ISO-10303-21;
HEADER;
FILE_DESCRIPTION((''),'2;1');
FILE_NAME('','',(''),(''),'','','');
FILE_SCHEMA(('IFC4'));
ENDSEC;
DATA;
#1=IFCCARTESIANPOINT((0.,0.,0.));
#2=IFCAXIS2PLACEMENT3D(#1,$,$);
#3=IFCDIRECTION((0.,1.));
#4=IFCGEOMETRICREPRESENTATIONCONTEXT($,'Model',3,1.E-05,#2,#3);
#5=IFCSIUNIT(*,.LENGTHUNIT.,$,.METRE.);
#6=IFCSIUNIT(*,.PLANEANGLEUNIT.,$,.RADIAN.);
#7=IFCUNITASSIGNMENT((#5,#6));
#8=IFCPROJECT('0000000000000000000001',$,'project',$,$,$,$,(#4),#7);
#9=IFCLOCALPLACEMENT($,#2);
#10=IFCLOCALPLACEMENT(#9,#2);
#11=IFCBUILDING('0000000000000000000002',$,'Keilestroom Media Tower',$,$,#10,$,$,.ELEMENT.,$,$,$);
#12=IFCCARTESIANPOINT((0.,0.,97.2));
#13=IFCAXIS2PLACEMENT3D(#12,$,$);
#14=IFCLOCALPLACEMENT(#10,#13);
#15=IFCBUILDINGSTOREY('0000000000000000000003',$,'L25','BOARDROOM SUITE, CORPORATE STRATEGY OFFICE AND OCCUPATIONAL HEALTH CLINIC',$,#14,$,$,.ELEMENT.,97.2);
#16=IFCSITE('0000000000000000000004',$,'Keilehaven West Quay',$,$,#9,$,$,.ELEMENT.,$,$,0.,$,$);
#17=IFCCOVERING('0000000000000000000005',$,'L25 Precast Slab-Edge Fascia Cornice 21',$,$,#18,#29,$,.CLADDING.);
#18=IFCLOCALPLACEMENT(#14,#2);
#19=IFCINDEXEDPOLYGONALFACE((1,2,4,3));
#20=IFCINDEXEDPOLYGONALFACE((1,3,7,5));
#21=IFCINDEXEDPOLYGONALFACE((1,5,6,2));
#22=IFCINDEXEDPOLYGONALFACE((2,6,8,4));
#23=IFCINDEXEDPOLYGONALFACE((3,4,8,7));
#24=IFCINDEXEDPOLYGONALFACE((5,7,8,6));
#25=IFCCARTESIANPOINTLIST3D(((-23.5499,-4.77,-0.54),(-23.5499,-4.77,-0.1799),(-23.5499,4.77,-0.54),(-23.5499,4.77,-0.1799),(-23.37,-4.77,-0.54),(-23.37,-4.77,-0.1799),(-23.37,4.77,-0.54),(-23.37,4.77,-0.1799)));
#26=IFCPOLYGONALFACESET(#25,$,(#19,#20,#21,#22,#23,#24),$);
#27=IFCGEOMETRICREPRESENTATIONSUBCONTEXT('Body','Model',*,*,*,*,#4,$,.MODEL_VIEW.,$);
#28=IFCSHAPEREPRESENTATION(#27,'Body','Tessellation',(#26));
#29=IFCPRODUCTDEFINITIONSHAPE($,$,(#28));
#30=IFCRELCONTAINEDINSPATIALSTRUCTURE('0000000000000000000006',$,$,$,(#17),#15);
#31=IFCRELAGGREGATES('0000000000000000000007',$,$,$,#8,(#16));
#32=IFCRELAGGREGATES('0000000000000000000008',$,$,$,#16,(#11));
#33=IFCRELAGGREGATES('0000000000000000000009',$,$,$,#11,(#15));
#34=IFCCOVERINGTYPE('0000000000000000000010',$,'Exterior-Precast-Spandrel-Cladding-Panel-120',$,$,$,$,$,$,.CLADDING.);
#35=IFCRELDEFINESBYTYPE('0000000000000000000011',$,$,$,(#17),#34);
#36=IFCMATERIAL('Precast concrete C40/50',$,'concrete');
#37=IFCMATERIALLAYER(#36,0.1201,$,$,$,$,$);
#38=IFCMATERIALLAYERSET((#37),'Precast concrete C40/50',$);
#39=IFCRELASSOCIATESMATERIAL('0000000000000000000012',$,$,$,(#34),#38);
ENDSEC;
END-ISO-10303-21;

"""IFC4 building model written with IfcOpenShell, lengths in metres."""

from ifc_helpers import new_model, si_unit, direction, frame, origin, origin_2d, place, context, subcontext, project, spatial, rectangle, extrude, source, transform, mapped, material, layer, layer_set, type_object, element, save


model = new_model("IFC4")

# Units and contexts
model_context = context("Model", 3, precision=1e-05, world=origin(), true_north=direction((0.0, 1.0)))
body_context = subcontext(model_context, "Body", "Model", "MODEL_VIEW")
ifc_project = project(units=[si_unit("LENGTHUNIT", "METRE"), si_unit("PLANEANGLEUNIT", "RADIAN")], contexts=[model_context])

# Site, building, storey
site_placement = place(None, origin())
site = spatial("IfcSite", under=ifc_project, at=site_placement, Name="Keilehaven West Quay", CompositionType="ELEMENT", RefElevation=0.0)
building_placement = place(site_placement, origin())
building = spatial("IfcBuilding", under=site, at=building_placement, Name="Keilestroom Media Tower", CompositionType="ELEMENT")
storey_placement = place(building_placement, frame((0.0, 0.0, 97.2)))
storey = spatial("IfcBuildingStorey", under=building, at=storey_placement, Name="L25", Description="BOARDROOM SUITE, CORPORATE STRATEGY OFFICE AND OCCUPATIONAL HEALTH CLINIC", CompositionType="ELEMENT", Elevation=97.2)

# Shared definitions
ifc_material_1 = material(Name="Precast concrete C40/50", Category="concrete")

# Covering
ifc_layer_1 = layer(ifc_material_1, 0.1201)
ifc_layer_set_1 = layer_set([ifc_layer_1], Name="Precast concrete C40/50")
covering_type = type_object("IfcCoveringType", Name="Exterior-Precast-Spandrel-Cladding-Panel-120", PredefinedType="CLADDING", material=ifc_layer_set_1)
shared_shape_1 = source(origin(), body_context, "Body", "SweptSolid", [
    extrude(rectangle(XDim=9.54, YDim=0.1799, at=origin_2d()), origin(), (0.0, 0.0, 1.0), 0.3601),
])
covering_placement = place(storey_placement, frame((-23.46, 0.0, -0.54), z_axis=(0.0, 0.0, 1.0), x_axis=(0.0, 1.0, 0.0)))
element("IfcCovering", 1, at=covering_placement, inside=storey, type_object=covering_type, Name="L25 Precast Slab-Edge Fascia Cornice 21", PredefinedType="CLADDING", context=body_context, shape_type="MappedRepresentation", body=[
    mapped(shared_shape_1, transform((0.0, 0.0, 0.0), x_axis=(1.0, 0.0, 0.0), y_axis=(0.0, 1.0, 0.0), z_axis=(0.0, 0.0, 1.0), scale=1.0)),
])

save(model, "model.ifc")
